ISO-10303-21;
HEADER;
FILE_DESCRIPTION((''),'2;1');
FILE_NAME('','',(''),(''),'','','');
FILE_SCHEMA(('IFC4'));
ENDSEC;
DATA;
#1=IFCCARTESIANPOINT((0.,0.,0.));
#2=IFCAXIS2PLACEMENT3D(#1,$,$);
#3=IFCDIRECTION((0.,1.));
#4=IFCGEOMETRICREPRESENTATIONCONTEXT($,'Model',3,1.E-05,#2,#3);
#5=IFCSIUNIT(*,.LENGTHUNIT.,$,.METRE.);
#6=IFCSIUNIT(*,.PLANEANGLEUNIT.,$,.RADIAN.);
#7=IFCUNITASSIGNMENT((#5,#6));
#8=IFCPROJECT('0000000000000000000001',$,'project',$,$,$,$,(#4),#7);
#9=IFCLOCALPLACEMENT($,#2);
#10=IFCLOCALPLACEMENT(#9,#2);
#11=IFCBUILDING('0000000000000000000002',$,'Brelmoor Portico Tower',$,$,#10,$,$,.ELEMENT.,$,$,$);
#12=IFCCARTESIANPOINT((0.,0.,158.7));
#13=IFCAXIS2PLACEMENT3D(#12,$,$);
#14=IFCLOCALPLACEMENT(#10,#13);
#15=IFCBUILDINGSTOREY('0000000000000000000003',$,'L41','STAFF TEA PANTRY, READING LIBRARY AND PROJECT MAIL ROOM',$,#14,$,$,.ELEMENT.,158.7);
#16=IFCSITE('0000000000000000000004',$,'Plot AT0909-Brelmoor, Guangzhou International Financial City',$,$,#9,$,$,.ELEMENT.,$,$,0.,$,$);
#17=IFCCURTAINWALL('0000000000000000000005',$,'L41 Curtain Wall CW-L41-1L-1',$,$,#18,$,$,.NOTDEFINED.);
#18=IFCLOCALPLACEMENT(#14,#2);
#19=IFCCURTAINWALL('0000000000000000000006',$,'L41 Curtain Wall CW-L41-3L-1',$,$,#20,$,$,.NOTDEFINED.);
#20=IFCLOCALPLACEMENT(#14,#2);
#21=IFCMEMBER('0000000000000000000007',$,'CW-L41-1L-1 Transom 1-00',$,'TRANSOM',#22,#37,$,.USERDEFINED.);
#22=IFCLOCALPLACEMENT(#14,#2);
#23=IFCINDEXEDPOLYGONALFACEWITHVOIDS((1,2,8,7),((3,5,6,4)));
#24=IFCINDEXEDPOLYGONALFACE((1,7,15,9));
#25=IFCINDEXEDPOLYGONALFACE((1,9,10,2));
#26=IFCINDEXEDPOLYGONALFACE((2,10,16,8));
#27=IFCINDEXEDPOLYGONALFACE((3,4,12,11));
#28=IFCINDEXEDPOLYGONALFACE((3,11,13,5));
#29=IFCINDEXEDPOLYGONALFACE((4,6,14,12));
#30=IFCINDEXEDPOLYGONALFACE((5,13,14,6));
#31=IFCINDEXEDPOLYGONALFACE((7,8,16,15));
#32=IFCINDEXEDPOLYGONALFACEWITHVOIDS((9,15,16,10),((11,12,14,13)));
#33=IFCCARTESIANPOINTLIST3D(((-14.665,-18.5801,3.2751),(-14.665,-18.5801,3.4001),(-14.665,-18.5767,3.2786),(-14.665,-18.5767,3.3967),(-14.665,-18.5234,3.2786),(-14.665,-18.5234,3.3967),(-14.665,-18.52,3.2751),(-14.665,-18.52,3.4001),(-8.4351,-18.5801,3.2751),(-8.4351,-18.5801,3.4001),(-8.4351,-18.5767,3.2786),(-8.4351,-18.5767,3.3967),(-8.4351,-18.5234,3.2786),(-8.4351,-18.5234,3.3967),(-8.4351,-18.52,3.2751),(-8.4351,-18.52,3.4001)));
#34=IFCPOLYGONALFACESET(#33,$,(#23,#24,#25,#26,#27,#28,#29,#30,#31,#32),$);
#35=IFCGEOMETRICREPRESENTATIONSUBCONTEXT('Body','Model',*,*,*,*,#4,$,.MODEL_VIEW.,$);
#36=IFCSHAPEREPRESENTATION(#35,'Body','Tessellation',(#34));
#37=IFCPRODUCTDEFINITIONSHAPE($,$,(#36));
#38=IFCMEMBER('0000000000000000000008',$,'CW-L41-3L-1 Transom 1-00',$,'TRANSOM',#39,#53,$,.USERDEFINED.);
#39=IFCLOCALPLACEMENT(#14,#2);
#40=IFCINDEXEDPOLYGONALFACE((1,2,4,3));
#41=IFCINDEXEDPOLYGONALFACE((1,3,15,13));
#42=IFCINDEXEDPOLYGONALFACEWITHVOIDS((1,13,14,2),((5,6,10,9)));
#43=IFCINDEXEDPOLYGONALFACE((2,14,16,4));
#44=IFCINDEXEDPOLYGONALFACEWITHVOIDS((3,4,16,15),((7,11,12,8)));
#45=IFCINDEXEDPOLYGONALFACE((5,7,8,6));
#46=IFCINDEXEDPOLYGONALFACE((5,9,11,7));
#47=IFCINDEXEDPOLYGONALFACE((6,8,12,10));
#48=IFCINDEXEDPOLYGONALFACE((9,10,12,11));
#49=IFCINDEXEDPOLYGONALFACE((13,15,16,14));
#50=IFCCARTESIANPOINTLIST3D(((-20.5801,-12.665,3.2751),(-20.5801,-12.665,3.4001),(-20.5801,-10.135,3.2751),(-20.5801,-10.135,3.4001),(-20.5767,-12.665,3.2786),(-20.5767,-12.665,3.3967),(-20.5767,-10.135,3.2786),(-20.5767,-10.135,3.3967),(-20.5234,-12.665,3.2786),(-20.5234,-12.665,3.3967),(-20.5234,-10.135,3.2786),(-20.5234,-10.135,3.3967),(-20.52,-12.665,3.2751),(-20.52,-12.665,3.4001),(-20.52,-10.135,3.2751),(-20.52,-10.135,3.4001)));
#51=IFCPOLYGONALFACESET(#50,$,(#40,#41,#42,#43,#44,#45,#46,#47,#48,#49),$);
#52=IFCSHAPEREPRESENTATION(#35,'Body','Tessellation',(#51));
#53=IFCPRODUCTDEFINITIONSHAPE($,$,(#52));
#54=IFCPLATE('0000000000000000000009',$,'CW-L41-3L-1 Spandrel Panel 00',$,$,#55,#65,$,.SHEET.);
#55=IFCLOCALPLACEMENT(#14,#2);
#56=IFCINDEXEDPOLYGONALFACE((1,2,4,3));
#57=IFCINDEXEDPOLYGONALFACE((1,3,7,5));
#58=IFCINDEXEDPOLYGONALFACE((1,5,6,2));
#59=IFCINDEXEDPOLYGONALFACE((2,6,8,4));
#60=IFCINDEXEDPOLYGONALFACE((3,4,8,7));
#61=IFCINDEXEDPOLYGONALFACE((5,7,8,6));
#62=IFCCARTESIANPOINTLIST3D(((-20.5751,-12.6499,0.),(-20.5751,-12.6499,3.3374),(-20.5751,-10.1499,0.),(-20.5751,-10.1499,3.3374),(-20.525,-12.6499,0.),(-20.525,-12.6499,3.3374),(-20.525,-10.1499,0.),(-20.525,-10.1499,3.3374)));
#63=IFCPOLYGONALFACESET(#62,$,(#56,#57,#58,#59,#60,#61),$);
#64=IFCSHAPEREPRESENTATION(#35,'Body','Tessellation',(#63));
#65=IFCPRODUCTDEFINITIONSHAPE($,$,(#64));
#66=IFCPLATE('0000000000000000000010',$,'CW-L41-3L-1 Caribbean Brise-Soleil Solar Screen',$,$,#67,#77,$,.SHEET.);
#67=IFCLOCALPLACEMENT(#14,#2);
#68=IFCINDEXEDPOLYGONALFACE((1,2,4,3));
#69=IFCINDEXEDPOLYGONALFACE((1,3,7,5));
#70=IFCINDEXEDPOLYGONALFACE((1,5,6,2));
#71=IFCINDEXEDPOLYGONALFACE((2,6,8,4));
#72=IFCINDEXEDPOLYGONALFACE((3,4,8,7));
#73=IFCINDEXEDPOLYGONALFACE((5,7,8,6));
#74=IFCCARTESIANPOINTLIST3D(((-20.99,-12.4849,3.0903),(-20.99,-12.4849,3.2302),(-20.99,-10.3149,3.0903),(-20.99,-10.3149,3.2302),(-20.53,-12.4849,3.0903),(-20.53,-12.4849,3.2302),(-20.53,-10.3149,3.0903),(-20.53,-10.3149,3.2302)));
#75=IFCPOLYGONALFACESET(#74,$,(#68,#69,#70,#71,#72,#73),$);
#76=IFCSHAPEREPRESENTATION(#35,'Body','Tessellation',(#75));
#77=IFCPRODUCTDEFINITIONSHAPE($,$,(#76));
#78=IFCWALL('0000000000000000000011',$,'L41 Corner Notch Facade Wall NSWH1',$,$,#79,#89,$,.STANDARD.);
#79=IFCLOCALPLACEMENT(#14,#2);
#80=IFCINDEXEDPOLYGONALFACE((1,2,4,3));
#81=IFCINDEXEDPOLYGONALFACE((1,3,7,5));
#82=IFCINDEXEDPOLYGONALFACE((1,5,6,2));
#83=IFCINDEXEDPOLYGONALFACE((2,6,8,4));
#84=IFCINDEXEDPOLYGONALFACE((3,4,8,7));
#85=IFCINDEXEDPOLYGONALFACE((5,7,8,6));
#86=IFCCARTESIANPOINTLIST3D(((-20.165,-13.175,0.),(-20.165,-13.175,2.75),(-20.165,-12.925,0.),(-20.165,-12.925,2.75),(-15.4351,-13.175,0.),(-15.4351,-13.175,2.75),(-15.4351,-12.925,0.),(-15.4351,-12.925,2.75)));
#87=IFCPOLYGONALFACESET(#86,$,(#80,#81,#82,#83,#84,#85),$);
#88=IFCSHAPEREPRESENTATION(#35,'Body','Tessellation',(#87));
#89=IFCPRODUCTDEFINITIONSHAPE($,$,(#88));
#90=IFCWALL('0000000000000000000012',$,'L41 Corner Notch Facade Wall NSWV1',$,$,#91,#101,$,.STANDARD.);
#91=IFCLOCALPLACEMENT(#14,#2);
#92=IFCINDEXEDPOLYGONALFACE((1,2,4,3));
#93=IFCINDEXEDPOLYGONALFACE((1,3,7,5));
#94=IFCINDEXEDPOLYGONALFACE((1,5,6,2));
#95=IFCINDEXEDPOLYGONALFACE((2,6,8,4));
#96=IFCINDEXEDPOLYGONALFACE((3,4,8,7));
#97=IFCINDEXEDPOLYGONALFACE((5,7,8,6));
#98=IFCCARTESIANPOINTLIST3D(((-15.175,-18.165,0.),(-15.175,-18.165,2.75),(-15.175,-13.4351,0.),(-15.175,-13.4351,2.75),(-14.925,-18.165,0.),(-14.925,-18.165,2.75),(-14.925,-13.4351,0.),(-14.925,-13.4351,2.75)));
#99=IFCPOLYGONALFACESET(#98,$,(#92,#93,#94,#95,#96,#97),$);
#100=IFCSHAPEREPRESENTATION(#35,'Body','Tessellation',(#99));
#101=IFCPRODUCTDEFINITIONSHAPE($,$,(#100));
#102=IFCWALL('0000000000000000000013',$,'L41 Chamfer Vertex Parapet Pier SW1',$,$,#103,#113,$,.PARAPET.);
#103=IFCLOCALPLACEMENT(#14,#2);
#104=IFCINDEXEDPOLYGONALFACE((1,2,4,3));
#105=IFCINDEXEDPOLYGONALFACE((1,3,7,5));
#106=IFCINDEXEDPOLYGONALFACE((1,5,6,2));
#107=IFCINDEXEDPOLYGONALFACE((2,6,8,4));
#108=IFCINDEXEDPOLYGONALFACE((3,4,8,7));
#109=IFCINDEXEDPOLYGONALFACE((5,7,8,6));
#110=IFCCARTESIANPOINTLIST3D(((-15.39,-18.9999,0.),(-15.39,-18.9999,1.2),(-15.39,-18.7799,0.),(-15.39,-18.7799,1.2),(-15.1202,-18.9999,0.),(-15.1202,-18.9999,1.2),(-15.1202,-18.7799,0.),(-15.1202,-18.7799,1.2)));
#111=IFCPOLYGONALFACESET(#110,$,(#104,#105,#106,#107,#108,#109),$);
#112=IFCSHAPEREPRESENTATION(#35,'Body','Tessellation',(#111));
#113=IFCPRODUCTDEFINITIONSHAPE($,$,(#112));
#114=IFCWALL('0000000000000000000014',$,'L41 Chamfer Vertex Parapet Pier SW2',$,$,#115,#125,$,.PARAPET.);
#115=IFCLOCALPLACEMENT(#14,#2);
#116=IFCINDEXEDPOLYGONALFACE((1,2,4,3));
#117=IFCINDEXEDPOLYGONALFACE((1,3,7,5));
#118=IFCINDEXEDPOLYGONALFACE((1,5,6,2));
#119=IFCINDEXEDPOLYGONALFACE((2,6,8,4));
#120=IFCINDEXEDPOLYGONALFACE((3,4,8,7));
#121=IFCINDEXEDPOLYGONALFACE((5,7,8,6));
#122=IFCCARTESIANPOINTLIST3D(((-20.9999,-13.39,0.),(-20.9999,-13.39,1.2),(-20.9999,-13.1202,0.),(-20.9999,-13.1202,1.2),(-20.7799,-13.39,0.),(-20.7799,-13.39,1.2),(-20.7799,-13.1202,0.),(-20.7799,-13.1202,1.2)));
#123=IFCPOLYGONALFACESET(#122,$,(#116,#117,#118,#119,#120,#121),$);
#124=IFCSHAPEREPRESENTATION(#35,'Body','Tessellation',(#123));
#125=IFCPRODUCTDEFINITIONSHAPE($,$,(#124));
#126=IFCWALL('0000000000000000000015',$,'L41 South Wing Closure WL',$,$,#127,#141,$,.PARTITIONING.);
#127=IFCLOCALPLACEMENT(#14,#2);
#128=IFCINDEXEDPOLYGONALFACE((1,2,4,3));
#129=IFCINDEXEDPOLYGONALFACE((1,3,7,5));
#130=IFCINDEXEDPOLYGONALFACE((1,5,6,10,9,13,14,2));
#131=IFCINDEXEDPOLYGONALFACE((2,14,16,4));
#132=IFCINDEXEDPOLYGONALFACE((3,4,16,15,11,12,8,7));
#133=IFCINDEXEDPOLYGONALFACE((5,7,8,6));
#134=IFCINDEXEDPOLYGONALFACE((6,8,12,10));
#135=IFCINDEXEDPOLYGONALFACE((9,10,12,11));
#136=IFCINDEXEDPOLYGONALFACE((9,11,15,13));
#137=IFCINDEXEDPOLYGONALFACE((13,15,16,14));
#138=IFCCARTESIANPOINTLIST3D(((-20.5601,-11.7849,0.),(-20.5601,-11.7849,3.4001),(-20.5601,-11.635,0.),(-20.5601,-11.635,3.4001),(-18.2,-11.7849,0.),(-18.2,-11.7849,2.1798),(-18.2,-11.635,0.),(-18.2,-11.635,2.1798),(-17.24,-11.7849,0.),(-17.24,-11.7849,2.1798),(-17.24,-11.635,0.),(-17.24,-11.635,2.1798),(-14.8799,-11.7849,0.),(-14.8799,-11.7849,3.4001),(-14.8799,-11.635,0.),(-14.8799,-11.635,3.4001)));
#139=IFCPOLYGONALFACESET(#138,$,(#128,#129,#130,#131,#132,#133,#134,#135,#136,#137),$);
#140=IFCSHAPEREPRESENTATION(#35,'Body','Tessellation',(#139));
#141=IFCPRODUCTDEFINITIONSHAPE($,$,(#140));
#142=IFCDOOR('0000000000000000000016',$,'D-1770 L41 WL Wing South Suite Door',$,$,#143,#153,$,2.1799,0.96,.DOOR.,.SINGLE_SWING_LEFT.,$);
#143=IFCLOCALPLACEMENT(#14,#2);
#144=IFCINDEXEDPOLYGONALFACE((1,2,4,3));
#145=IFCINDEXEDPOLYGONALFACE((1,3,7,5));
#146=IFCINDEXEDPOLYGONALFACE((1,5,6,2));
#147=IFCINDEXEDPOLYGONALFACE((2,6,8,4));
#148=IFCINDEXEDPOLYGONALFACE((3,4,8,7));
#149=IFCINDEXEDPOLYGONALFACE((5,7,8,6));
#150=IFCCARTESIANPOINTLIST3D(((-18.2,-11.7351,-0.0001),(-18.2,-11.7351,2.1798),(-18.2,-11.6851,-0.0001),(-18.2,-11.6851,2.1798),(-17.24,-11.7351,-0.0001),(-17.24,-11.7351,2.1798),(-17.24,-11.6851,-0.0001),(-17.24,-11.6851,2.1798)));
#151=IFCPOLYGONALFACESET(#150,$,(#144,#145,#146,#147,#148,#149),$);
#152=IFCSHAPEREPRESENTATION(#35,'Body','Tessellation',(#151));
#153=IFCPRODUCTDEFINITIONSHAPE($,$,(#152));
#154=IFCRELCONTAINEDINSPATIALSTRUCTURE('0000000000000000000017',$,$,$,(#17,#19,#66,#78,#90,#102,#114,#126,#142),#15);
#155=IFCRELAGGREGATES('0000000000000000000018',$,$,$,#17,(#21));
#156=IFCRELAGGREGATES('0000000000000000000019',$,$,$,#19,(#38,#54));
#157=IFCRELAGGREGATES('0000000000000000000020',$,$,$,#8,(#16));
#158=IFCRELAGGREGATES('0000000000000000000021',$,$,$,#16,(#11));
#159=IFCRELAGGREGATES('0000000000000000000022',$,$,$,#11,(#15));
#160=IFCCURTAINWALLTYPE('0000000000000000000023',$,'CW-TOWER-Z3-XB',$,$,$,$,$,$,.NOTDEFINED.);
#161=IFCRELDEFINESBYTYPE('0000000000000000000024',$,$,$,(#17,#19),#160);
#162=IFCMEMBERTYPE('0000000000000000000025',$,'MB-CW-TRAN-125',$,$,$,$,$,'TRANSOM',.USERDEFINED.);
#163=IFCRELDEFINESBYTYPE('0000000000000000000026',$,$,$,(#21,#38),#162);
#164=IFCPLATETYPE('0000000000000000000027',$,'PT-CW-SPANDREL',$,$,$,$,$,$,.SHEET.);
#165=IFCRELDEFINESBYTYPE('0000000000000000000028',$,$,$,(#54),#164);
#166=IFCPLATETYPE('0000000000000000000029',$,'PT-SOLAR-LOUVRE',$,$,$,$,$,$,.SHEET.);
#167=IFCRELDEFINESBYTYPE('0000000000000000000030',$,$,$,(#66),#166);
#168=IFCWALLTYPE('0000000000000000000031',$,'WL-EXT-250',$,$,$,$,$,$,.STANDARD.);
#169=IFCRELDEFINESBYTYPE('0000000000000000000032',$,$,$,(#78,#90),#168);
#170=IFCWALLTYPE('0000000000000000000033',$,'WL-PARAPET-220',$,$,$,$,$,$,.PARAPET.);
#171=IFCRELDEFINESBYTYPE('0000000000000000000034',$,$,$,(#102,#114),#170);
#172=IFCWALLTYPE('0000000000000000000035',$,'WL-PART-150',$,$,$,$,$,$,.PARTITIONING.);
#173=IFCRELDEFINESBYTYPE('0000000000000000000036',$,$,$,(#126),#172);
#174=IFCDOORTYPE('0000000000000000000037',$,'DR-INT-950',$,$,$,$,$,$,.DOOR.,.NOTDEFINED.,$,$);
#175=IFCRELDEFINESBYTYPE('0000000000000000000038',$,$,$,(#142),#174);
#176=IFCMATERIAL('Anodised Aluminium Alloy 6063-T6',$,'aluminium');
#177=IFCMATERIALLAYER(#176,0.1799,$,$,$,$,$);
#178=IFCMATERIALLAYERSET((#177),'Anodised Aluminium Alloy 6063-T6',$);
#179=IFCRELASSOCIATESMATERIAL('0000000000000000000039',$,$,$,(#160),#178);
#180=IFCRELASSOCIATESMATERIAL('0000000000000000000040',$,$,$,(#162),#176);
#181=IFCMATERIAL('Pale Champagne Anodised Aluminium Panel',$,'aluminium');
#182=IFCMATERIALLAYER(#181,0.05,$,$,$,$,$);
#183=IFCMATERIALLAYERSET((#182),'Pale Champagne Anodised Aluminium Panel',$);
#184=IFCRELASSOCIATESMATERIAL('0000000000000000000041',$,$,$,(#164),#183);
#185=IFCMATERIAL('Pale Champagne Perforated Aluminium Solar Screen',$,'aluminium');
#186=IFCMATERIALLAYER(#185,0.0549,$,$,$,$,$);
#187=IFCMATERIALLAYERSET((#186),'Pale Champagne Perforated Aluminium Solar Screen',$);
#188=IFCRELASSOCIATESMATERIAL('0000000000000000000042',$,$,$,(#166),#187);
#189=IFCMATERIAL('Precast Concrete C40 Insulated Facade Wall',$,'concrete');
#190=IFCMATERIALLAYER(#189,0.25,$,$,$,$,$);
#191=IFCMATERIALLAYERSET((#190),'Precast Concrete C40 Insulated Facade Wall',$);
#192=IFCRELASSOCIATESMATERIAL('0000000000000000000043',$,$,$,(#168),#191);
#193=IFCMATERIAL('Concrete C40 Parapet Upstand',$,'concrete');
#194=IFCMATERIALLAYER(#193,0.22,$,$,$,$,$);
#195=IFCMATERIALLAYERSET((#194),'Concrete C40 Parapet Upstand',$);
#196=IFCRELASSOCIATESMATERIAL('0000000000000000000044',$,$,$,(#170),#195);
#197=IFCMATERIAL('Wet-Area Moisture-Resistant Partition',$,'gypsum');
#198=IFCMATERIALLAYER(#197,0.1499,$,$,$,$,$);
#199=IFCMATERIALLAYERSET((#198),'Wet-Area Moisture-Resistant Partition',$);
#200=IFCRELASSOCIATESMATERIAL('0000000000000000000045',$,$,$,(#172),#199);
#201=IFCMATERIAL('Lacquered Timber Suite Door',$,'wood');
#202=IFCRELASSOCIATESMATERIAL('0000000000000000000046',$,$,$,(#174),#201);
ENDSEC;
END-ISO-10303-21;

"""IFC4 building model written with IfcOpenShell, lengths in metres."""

from ifc_helpers import new_model, si_unit, direction, frame, frame_2d, origin, origin_2d, place, context, subcontext, project, spatial, rectangle, hollow_rectangle, extrude, material, layer, layer_set, material_profile, profile_set, type_object, element, fill, aggregate, save


model = new_model("IFC4")

# Units and contexts
model_context = context("Model", 3, precision=1e-05, world=origin(), true_north=direction((0.0, 1.0)))
body_context = subcontext(model_context, "Body", "Model", "MODEL_VIEW")
ifc_project = project(units=[si_unit("LENGTHUNIT", "METRE"), si_unit("PLANEANGLEUNIT", "RADIAN")], contexts=[model_context])

# Site, building, storey
site_placement = place(None, origin())
site = spatial("IfcSite", under=ifc_project, at=site_placement, Name="Plot AT0909-Brelmoor, Guangzhou International Financial City", CompositionType="ELEMENT", RefElevation=0.0)
building_placement = place(site_placement, origin())
building = spatial("IfcBuilding", under=site, at=building_placement, Name="Brelmoor Portico Tower", CompositionType="ELEMENT")
storey_placement = place(building_placement, frame((0.0, 0.0, 158.7)))
storey = spatial("IfcBuildingStorey", under=building, at=storey_placement, Name="L41", Description="STAFF TEA PANTRY, READING LIBRARY AND PROJECT MAIL ROOM", CompositionType="ELEMENT", Elevation=158.7)

# Curtain wall
ifc_material_1 = material(Name="Anodised Aluminium Alloy 6063-T6", Category="aluminium")
ifc_layer_1 = layer(ifc_material_1, 0.1799)
ifc_layer_set_1 = layer_set([ifc_layer_1], Name="Anodised Aluminium Alloy 6063-T6")
curtain_wall_type = type_object("IfcCurtainWallType", Name="CW-TOWER-Z3-XB", PredefinedType="NOTDEFINED", material=ifc_layer_set_1)
curtain_wall_1_placement = place(storey_placement, origin())
curtain_wall_1 = element("IfcCurtainWall", 1, at=curtain_wall_1_placement, inside=storey, type_object=curtain_wall_type, Name="L41 Curtain Wall CW-L41-1L-1", PredefinedType="NOTDEFINED")

# Curtain wall
curtain_wall_2_placement = place(storey_placement, origin())
curtain_wall_2 = element("IfcCurtainWall", 2, at=curtain_wall_2_placement, inside=storey, type_object=curtain_wall_type, Name="L41 Curtain Wall CW-L41-3L-1", PredefinedType="NOTDEFINED")

# Members
ifc_material_profile_1 = material_profile(ifc_material_1, hollow_rectangle(XDim=0.0601, YDim=0.125, WallThickness=0.0034, at=origin_2d()), Name="ALU TRANSOM 60x125")
ifc_profile_set_1 = profile_set([ifc_material_profile_1], Name="Anodised Aluminium Alloy 6063-T6")
member_type_1 = type_object("IfcMemberType", Name="MB-CW-TRAN-125", ElementType="TRANSOM", PredefinedType="USERDEFINED", material=ifc_profile_set_1)
member_1_placement = place(storey_placement, frame((-14.665, -18.55, 3.3376), z_axis=(1.0, 0.0, 0.0), x_axis=(0.0, 1.0, 0.0)))
member_1 = element("IfcMember", 3, at=member_1_placement, type_object=member_type_1, Name="CW-L41-1L-1 Transom 1-00", ObjectType="TRANSOM", PredefinedType="USERDEFINED", context=body_context, shape_type="SweptSolid", body=[
    extrude(hollow_rectangle(XDim=0.0601, YDim=0.125, WallThickness=0.0034, at=origin_2d()), origin(), (0.0, 0.0, 1.0), 6.23),
])
aggregate(curtain_wall_1, [member_1])
member_2_placement = place(storey_placement, frame((-20.55, -12.665, 3.3376), z_axis=(0.0, 1.0, 0.0), x_axis=(-1.0, 0.0, 0.0)))
member_2 = element("IfcMember", 4, at=member_2_placement, type_object=member_type_1, Name="CW-L41-3L-1 Transom 1-00", ObjectType="TRANSOM", PredefinedType="USERDEFINED", context=body_context, shape_type="SweptSolid", body=[
    extrude(hollow_rectangle(XDim=0.0601, YDim=0.125, WallThickness=0.0034, at=origin_2d()), origin(), (0.0, 0.0, 1.0), 2.53),
])

# Plates
ifc_material_2 = material(Name="Pale Champagne Anodised Aluminium Panel", Category="aluminium")
ifc_layer_2 = layer(ifc_material_2, 0.05)
ifc_layer_set_2 = layer_set([ifc_layer_2], Name="Pale Champagne Anodised Aluminium Panel")
plate_type_1 = type_object("IfcPlateType", Name="PT-CW-SPANDREL", PredefinedType="SHEET", material=ifc_layer_set_2)
plate_1_placement = place(storey_placement, frame((-20.55, -11.3999, 0.0), z_axis=(0.0, 0.0, 1.0), x_axis=(0.0, 1.0, 0.0)))
plate_1 = element("IfcPlate", 5, at=plate_1_placement, type_object=plate_type_1, Name="CW-L41-3L-1 Spandrel Panel 00", PredefinedType="SHEET", context=body_context, shape_type="SweptSolid", body=[
    extrude(rectangle(XDim=2.5, YDim=0.05, at=origin_2d()), origin(), (0.0, 0.0, 1.0), 3.3374),
])
aggregate(curtain_wall_2, [member_2, plate_1])
ifc_material_3 = material(Name="Pale Champagne Perforated Aluminium Solar Screen", Category="aluminium")
ifc_layer_3 = layer(ifc_material_3, 0.0549)
ifc_layer_set_3 = layer_set([ifc_layer_3], Name="Pale Champagne Perforated Aluminium Solar Screen")
plate_type_2 = type_object("IfcPlateType", Name="PT-SOLAR-LOUVRE", PredefinedType="SHEET", material=ifc_layer_set_3)
plate_2_placement = place(storey_placement, frame((-20.76, -11.3999, 3.0903), z_axis=(0.0, 0.0, 1.0), x_axis=(0.0, 1.0, 0.0)))
element("IfcPlate", 6, at=plate_2_placement, inside=storey, type_object=plate_type_2, Name="CW-L41-3L-1 Caribbean Brise-Soleil Solar Screen", PredefinedType="SHEET", context=body_context, shape_type="SweptSolid", body=[
    extrude(rectangle(XDim=2.1699, YDim=0.46, at=origin_2d()), origin(), (0.0, 0.0, 1.0), 0.1399),
])

# Walls
ifc_material_4 = material(Name="Precast Concrete C40 Insulated Facade Wall", Category="concrete")
ifc_layer_4 = layer(ifc_material_4, 0.25)
ifc_layer_set_4 = layer_set([ifc_layer_4], Name="Precast Concrete C40 Insulated Facade Wall")
wall_type_1 = type_object("IfcWallType", Name="WL-EXT-250", PredefinedType="STANDARD", material=ifc_layer_set_4)
for number, where, z_axis, x_axis, name in (
    (7, (-20.165, -13.05, 0.0), (0.0, 0.0, 1.0), (1.0, 0.0, 0.0), "L41 Corner Notch Facade Wall NSWH1"),
    (8, (-15.05, -18.165, 0.0), (0.0, 0.0, 1.0), (0.0, 1.0, 0.0), "L41 Corner Notch Facade Wall NSWV1"),
):
    element("IfcWall", number, at=place(storey_placement, frame(where, z_axis=z_axis, x_axis=x_axis)), inside=storey, type_object=wall_type_1, Name=name, PredefinedType="STANDARD", context=body_context, shape_type="SweptSolid", body=[
        extrude(rectangle(XDim=4.73, YDim=0.25, at=frame_2d((2.365, 0.0))), origin(), (0.0, 0.0, 1.0), 2.75),
    ])
ifc_material_5 = material(Name="Concrete C40 Parapet Upstand", Category="concrete")
ifc_layer_5 = layer(ifc_material_5, 0.22)
ifc_layer_set_5 = layer_set([ifc_layer_5], Name="Concrete C40 Parapet Upstand")
wall_type_2 = type_object("IfcWallType", Name="WL-PARAPET-220", PredefinedType="PARAPET", material=ifc_layer_set_5)
for number, where, z_axis, x_axis, name in (
    (9, (-15.3899, -18.8899, 0.0), (0.0, 0.0, 1.0), (1.0, 0.0, 0.0), "L41 Chamfer Vertex Parapet Pier SW1"),
    (10, (-20.8899, -13.3899, 0.0), (0.0, 0.0, 1.0), (0.0, 1.0, 0.0), "L41 Chamfer Vertex Parapet Pier SW2"),
):
    element("IfcWall", number, at=place(storey_placement, frame(where, z_axis=z_axis, x_axis=x_axis)), inside=storey, type_object=wall_type_2, Name=name, PredefinedType="PARAPET", context=body_context, shape_type="SweptSolid", body=[
        extrude(rectangle(XDim=0.2698, YDim=0.22, at=frame_2d((0.1348, 0.0))), origin(), (0.0, 0.0, 1.0), 1.2),
    ])

# Wall, opening, door
ifc_material_6 = material(Name="Wet-Area Moisture-Resistant Partition", Category="gypsum")
ifc_layer_6 = layer(ifc_material_6, 0.1499)
ifc_layer_set_6 = layer_set([ifc_layer_6], Name="Wet-Area Moisture-Resistant Partition")
wall_type_3 = type_object("IfcWallType", Name="WL-PART-150", PredefinedType="PARTITIONING", material=ifc_layer_set_6)
wall_placement = place(storey_placement, frame((-20.5601, -11.71, 0.0), z_axis=(0.0, 0.0, 1.0), x_axis=(1.0, 0.0, 0.0)))
wall = element("IfcWall", 11, at=wall_placement, inside=storey, type_object=wall_type_3, Name="L41 South Wing Closure WL", PredefinedType="PARTITIONING", context=body_context, shape_type="SweptSolid", body=[
    extrude(rectangle(XDim=5.6802, YDim=0.1499, at=frame_2d((2.8401, 0.0))), origin(), (0.0, 0.0, 1.0), 3.4001),
])
opening_placement = place(wall_placement, frame((2.3601, 0.0, 0.0)))
opening = element("IfcOpeningElement", 12, at=opening_placement, cuts=wall, PredefinedType="OPENING", context=body_context, shape_type="SweptSolid", body=[
    extrude(rectangle(XDim=0.96, YDim=2.1799, at=frame_2d((0.48, 1.0898))), frame((0.0, 0.085, 0.0), z_axis=(0.0, -1.0, 0.0), x_axis=(1.0, 0.0, 0.0)), (0.0, 0.0, 1.0), 0.1699),
])
ifc_material_7 = material(Name="Lacquered Timber Suite Door", Category="wood")
door_type = type_object("IfcDoorType", Name="DR-INT-950", OperationType="NOTDEFINED", PredefinedType="DOOR", material=ifc_material_7)
door_placement = place(opening_placement, origin())
door = element("IfcDoor", 13, at=door_placement, inside=storey, type_object=door_type, Name="D-1770 L41 WL Wing South Suite Door", OperationType="SINGLE_SWING_LEFT", OverallHeight=2.1799, OverallWidth=0.96, PredefinedType="DOOR", context=body_context, shape_type="SweptSolid", body=[
    extrude(rectangle(XDim=0.96, YDim=2.1799, at=frame_2d((0.48, 1.0898))), frame((0.0, 0.0249, 0.0), z_axis=(0.0, -1.0, 0.0), x_axis=(1.0, 0.0, 0.0)), (0.0, 0.0, 1.0), 0.05),
])
fill(opening, door)

save(model, "model.ifc")
